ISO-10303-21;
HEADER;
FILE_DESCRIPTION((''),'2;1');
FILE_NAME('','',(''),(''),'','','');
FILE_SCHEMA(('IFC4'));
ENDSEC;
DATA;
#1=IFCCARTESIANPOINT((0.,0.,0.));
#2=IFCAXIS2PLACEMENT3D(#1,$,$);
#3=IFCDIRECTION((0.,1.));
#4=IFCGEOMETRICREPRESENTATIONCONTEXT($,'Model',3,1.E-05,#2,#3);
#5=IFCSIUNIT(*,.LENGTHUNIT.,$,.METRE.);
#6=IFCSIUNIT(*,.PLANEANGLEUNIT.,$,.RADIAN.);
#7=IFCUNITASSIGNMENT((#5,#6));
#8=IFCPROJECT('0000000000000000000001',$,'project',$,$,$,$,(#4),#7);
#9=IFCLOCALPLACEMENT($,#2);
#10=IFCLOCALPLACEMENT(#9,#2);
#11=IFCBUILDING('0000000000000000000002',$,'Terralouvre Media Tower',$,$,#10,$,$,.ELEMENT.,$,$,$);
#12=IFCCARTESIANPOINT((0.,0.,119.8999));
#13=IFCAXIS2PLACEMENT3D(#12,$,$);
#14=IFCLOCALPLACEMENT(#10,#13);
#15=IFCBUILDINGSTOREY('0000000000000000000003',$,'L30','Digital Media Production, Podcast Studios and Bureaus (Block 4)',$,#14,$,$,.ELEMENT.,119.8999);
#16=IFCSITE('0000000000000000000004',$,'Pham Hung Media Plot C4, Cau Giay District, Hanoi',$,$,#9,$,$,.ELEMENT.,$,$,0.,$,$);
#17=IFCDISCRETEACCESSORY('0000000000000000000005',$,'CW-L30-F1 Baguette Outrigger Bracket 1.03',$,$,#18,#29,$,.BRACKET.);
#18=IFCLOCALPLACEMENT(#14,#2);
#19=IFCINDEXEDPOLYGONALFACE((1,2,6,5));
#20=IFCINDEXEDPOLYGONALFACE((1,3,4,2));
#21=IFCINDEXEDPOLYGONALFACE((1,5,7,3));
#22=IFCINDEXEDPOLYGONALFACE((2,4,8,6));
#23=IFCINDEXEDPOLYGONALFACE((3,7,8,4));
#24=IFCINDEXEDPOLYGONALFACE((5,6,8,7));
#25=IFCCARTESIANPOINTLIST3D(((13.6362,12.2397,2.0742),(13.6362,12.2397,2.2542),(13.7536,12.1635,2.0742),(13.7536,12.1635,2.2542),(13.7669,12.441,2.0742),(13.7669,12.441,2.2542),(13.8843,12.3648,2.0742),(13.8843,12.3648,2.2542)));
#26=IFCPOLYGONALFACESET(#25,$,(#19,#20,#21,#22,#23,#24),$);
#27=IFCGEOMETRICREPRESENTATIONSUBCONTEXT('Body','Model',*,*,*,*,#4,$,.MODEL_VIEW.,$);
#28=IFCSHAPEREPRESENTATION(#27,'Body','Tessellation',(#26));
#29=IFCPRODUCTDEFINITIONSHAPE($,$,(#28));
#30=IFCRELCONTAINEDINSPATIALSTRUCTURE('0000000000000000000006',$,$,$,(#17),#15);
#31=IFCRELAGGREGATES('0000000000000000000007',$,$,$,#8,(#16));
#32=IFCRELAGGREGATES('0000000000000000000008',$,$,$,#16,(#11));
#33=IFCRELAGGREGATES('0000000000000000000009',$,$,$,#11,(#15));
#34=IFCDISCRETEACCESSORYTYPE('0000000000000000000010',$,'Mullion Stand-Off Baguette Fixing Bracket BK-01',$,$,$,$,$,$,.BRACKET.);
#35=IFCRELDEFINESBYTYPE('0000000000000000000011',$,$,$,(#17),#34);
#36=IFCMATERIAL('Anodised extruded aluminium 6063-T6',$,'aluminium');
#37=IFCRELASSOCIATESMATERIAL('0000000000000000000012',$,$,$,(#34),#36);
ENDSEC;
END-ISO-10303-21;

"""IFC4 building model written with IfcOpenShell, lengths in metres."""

from ifc_helpers import new_model, si_unit, direction, frame, origin, origin_2d, place, context, subcontext, project, spatial, rectangle, extrude, material, type_object, element, save


model = new_model("IFC4")

# Units and contexts
model_context = context("Model", 3, precision=1e-05, world=origin(), true_north=direction((0.0, 1.0)))
body_context = subcontext(model_context, "Body", "Model", "MODEL_VIEW")
ifc_project = project(units=[si_unit("LENGTHUNIT", "METRE"), si_unit("PLANEANGLEUNIT", "RADIAN")], contexts=[model_context])

# Site, building, storey
site_placement = place(None, origin())
site = spatial("IfcSite", under=ifc_project, at=site_placement, Name="Pham Hung Media Plot C4, Cau Giay District, Hanoi", CompositionType="ELEMENT", RefElevation=0.0)
building_placement = place(site_placement, origin())
building = spatial("IfcBuilding", under=site, at=building_placement, Name="Terralouvre Media Tower", CompositionType="ELEMENT")
storey_placement = place(building_placement, frame((0.0, 0.0, 119.8999)))
storey = spatial("IfcBuildingStorey", under=building, at=storey_placement, Name="L30", Description="Digital Media Production, Podcast Studios and Bureaus (Block 4)", CompositionType="ELEMENT", Elevation=119.8999)

# Discrete accessory
ifc_material_1 = material(Name="Anodised extruded aluminium 6063-T6", Category="aluminium")
discrete_accessory_type = type_object("IfcDiscreteAccessoryType", Name="Mullion Stand-Off Baguette Fixing Bracket BK-01", PredefinedType="BRACKET", material=ifc_material_1)
discrete_accessory_placement = place(storey_placement, frame((13.7603, 12.3022, 2.0742), z_axis=(0.0, 0.0, 1.0), x_axis=(-0.838671, 0.544639, 0.0)))
element("IfcDiscreteAccessory", 1, at=discrete_accessory_placement, inside=storey, type_object=discrete_accessory_type, Name="CW-L30-F1 Baguette Outrigger Bracket 1.03", PredefinedType="BRACKET", context=body_context, shape_type="SweptSolid", body=[
    extrude(rectangle(XDim=0.1399, YDim=0.24, at=origin_2d()), origin(), (0.0, 0.0, 1.0), 0.1799),
])

save(model, "model.ifc")
